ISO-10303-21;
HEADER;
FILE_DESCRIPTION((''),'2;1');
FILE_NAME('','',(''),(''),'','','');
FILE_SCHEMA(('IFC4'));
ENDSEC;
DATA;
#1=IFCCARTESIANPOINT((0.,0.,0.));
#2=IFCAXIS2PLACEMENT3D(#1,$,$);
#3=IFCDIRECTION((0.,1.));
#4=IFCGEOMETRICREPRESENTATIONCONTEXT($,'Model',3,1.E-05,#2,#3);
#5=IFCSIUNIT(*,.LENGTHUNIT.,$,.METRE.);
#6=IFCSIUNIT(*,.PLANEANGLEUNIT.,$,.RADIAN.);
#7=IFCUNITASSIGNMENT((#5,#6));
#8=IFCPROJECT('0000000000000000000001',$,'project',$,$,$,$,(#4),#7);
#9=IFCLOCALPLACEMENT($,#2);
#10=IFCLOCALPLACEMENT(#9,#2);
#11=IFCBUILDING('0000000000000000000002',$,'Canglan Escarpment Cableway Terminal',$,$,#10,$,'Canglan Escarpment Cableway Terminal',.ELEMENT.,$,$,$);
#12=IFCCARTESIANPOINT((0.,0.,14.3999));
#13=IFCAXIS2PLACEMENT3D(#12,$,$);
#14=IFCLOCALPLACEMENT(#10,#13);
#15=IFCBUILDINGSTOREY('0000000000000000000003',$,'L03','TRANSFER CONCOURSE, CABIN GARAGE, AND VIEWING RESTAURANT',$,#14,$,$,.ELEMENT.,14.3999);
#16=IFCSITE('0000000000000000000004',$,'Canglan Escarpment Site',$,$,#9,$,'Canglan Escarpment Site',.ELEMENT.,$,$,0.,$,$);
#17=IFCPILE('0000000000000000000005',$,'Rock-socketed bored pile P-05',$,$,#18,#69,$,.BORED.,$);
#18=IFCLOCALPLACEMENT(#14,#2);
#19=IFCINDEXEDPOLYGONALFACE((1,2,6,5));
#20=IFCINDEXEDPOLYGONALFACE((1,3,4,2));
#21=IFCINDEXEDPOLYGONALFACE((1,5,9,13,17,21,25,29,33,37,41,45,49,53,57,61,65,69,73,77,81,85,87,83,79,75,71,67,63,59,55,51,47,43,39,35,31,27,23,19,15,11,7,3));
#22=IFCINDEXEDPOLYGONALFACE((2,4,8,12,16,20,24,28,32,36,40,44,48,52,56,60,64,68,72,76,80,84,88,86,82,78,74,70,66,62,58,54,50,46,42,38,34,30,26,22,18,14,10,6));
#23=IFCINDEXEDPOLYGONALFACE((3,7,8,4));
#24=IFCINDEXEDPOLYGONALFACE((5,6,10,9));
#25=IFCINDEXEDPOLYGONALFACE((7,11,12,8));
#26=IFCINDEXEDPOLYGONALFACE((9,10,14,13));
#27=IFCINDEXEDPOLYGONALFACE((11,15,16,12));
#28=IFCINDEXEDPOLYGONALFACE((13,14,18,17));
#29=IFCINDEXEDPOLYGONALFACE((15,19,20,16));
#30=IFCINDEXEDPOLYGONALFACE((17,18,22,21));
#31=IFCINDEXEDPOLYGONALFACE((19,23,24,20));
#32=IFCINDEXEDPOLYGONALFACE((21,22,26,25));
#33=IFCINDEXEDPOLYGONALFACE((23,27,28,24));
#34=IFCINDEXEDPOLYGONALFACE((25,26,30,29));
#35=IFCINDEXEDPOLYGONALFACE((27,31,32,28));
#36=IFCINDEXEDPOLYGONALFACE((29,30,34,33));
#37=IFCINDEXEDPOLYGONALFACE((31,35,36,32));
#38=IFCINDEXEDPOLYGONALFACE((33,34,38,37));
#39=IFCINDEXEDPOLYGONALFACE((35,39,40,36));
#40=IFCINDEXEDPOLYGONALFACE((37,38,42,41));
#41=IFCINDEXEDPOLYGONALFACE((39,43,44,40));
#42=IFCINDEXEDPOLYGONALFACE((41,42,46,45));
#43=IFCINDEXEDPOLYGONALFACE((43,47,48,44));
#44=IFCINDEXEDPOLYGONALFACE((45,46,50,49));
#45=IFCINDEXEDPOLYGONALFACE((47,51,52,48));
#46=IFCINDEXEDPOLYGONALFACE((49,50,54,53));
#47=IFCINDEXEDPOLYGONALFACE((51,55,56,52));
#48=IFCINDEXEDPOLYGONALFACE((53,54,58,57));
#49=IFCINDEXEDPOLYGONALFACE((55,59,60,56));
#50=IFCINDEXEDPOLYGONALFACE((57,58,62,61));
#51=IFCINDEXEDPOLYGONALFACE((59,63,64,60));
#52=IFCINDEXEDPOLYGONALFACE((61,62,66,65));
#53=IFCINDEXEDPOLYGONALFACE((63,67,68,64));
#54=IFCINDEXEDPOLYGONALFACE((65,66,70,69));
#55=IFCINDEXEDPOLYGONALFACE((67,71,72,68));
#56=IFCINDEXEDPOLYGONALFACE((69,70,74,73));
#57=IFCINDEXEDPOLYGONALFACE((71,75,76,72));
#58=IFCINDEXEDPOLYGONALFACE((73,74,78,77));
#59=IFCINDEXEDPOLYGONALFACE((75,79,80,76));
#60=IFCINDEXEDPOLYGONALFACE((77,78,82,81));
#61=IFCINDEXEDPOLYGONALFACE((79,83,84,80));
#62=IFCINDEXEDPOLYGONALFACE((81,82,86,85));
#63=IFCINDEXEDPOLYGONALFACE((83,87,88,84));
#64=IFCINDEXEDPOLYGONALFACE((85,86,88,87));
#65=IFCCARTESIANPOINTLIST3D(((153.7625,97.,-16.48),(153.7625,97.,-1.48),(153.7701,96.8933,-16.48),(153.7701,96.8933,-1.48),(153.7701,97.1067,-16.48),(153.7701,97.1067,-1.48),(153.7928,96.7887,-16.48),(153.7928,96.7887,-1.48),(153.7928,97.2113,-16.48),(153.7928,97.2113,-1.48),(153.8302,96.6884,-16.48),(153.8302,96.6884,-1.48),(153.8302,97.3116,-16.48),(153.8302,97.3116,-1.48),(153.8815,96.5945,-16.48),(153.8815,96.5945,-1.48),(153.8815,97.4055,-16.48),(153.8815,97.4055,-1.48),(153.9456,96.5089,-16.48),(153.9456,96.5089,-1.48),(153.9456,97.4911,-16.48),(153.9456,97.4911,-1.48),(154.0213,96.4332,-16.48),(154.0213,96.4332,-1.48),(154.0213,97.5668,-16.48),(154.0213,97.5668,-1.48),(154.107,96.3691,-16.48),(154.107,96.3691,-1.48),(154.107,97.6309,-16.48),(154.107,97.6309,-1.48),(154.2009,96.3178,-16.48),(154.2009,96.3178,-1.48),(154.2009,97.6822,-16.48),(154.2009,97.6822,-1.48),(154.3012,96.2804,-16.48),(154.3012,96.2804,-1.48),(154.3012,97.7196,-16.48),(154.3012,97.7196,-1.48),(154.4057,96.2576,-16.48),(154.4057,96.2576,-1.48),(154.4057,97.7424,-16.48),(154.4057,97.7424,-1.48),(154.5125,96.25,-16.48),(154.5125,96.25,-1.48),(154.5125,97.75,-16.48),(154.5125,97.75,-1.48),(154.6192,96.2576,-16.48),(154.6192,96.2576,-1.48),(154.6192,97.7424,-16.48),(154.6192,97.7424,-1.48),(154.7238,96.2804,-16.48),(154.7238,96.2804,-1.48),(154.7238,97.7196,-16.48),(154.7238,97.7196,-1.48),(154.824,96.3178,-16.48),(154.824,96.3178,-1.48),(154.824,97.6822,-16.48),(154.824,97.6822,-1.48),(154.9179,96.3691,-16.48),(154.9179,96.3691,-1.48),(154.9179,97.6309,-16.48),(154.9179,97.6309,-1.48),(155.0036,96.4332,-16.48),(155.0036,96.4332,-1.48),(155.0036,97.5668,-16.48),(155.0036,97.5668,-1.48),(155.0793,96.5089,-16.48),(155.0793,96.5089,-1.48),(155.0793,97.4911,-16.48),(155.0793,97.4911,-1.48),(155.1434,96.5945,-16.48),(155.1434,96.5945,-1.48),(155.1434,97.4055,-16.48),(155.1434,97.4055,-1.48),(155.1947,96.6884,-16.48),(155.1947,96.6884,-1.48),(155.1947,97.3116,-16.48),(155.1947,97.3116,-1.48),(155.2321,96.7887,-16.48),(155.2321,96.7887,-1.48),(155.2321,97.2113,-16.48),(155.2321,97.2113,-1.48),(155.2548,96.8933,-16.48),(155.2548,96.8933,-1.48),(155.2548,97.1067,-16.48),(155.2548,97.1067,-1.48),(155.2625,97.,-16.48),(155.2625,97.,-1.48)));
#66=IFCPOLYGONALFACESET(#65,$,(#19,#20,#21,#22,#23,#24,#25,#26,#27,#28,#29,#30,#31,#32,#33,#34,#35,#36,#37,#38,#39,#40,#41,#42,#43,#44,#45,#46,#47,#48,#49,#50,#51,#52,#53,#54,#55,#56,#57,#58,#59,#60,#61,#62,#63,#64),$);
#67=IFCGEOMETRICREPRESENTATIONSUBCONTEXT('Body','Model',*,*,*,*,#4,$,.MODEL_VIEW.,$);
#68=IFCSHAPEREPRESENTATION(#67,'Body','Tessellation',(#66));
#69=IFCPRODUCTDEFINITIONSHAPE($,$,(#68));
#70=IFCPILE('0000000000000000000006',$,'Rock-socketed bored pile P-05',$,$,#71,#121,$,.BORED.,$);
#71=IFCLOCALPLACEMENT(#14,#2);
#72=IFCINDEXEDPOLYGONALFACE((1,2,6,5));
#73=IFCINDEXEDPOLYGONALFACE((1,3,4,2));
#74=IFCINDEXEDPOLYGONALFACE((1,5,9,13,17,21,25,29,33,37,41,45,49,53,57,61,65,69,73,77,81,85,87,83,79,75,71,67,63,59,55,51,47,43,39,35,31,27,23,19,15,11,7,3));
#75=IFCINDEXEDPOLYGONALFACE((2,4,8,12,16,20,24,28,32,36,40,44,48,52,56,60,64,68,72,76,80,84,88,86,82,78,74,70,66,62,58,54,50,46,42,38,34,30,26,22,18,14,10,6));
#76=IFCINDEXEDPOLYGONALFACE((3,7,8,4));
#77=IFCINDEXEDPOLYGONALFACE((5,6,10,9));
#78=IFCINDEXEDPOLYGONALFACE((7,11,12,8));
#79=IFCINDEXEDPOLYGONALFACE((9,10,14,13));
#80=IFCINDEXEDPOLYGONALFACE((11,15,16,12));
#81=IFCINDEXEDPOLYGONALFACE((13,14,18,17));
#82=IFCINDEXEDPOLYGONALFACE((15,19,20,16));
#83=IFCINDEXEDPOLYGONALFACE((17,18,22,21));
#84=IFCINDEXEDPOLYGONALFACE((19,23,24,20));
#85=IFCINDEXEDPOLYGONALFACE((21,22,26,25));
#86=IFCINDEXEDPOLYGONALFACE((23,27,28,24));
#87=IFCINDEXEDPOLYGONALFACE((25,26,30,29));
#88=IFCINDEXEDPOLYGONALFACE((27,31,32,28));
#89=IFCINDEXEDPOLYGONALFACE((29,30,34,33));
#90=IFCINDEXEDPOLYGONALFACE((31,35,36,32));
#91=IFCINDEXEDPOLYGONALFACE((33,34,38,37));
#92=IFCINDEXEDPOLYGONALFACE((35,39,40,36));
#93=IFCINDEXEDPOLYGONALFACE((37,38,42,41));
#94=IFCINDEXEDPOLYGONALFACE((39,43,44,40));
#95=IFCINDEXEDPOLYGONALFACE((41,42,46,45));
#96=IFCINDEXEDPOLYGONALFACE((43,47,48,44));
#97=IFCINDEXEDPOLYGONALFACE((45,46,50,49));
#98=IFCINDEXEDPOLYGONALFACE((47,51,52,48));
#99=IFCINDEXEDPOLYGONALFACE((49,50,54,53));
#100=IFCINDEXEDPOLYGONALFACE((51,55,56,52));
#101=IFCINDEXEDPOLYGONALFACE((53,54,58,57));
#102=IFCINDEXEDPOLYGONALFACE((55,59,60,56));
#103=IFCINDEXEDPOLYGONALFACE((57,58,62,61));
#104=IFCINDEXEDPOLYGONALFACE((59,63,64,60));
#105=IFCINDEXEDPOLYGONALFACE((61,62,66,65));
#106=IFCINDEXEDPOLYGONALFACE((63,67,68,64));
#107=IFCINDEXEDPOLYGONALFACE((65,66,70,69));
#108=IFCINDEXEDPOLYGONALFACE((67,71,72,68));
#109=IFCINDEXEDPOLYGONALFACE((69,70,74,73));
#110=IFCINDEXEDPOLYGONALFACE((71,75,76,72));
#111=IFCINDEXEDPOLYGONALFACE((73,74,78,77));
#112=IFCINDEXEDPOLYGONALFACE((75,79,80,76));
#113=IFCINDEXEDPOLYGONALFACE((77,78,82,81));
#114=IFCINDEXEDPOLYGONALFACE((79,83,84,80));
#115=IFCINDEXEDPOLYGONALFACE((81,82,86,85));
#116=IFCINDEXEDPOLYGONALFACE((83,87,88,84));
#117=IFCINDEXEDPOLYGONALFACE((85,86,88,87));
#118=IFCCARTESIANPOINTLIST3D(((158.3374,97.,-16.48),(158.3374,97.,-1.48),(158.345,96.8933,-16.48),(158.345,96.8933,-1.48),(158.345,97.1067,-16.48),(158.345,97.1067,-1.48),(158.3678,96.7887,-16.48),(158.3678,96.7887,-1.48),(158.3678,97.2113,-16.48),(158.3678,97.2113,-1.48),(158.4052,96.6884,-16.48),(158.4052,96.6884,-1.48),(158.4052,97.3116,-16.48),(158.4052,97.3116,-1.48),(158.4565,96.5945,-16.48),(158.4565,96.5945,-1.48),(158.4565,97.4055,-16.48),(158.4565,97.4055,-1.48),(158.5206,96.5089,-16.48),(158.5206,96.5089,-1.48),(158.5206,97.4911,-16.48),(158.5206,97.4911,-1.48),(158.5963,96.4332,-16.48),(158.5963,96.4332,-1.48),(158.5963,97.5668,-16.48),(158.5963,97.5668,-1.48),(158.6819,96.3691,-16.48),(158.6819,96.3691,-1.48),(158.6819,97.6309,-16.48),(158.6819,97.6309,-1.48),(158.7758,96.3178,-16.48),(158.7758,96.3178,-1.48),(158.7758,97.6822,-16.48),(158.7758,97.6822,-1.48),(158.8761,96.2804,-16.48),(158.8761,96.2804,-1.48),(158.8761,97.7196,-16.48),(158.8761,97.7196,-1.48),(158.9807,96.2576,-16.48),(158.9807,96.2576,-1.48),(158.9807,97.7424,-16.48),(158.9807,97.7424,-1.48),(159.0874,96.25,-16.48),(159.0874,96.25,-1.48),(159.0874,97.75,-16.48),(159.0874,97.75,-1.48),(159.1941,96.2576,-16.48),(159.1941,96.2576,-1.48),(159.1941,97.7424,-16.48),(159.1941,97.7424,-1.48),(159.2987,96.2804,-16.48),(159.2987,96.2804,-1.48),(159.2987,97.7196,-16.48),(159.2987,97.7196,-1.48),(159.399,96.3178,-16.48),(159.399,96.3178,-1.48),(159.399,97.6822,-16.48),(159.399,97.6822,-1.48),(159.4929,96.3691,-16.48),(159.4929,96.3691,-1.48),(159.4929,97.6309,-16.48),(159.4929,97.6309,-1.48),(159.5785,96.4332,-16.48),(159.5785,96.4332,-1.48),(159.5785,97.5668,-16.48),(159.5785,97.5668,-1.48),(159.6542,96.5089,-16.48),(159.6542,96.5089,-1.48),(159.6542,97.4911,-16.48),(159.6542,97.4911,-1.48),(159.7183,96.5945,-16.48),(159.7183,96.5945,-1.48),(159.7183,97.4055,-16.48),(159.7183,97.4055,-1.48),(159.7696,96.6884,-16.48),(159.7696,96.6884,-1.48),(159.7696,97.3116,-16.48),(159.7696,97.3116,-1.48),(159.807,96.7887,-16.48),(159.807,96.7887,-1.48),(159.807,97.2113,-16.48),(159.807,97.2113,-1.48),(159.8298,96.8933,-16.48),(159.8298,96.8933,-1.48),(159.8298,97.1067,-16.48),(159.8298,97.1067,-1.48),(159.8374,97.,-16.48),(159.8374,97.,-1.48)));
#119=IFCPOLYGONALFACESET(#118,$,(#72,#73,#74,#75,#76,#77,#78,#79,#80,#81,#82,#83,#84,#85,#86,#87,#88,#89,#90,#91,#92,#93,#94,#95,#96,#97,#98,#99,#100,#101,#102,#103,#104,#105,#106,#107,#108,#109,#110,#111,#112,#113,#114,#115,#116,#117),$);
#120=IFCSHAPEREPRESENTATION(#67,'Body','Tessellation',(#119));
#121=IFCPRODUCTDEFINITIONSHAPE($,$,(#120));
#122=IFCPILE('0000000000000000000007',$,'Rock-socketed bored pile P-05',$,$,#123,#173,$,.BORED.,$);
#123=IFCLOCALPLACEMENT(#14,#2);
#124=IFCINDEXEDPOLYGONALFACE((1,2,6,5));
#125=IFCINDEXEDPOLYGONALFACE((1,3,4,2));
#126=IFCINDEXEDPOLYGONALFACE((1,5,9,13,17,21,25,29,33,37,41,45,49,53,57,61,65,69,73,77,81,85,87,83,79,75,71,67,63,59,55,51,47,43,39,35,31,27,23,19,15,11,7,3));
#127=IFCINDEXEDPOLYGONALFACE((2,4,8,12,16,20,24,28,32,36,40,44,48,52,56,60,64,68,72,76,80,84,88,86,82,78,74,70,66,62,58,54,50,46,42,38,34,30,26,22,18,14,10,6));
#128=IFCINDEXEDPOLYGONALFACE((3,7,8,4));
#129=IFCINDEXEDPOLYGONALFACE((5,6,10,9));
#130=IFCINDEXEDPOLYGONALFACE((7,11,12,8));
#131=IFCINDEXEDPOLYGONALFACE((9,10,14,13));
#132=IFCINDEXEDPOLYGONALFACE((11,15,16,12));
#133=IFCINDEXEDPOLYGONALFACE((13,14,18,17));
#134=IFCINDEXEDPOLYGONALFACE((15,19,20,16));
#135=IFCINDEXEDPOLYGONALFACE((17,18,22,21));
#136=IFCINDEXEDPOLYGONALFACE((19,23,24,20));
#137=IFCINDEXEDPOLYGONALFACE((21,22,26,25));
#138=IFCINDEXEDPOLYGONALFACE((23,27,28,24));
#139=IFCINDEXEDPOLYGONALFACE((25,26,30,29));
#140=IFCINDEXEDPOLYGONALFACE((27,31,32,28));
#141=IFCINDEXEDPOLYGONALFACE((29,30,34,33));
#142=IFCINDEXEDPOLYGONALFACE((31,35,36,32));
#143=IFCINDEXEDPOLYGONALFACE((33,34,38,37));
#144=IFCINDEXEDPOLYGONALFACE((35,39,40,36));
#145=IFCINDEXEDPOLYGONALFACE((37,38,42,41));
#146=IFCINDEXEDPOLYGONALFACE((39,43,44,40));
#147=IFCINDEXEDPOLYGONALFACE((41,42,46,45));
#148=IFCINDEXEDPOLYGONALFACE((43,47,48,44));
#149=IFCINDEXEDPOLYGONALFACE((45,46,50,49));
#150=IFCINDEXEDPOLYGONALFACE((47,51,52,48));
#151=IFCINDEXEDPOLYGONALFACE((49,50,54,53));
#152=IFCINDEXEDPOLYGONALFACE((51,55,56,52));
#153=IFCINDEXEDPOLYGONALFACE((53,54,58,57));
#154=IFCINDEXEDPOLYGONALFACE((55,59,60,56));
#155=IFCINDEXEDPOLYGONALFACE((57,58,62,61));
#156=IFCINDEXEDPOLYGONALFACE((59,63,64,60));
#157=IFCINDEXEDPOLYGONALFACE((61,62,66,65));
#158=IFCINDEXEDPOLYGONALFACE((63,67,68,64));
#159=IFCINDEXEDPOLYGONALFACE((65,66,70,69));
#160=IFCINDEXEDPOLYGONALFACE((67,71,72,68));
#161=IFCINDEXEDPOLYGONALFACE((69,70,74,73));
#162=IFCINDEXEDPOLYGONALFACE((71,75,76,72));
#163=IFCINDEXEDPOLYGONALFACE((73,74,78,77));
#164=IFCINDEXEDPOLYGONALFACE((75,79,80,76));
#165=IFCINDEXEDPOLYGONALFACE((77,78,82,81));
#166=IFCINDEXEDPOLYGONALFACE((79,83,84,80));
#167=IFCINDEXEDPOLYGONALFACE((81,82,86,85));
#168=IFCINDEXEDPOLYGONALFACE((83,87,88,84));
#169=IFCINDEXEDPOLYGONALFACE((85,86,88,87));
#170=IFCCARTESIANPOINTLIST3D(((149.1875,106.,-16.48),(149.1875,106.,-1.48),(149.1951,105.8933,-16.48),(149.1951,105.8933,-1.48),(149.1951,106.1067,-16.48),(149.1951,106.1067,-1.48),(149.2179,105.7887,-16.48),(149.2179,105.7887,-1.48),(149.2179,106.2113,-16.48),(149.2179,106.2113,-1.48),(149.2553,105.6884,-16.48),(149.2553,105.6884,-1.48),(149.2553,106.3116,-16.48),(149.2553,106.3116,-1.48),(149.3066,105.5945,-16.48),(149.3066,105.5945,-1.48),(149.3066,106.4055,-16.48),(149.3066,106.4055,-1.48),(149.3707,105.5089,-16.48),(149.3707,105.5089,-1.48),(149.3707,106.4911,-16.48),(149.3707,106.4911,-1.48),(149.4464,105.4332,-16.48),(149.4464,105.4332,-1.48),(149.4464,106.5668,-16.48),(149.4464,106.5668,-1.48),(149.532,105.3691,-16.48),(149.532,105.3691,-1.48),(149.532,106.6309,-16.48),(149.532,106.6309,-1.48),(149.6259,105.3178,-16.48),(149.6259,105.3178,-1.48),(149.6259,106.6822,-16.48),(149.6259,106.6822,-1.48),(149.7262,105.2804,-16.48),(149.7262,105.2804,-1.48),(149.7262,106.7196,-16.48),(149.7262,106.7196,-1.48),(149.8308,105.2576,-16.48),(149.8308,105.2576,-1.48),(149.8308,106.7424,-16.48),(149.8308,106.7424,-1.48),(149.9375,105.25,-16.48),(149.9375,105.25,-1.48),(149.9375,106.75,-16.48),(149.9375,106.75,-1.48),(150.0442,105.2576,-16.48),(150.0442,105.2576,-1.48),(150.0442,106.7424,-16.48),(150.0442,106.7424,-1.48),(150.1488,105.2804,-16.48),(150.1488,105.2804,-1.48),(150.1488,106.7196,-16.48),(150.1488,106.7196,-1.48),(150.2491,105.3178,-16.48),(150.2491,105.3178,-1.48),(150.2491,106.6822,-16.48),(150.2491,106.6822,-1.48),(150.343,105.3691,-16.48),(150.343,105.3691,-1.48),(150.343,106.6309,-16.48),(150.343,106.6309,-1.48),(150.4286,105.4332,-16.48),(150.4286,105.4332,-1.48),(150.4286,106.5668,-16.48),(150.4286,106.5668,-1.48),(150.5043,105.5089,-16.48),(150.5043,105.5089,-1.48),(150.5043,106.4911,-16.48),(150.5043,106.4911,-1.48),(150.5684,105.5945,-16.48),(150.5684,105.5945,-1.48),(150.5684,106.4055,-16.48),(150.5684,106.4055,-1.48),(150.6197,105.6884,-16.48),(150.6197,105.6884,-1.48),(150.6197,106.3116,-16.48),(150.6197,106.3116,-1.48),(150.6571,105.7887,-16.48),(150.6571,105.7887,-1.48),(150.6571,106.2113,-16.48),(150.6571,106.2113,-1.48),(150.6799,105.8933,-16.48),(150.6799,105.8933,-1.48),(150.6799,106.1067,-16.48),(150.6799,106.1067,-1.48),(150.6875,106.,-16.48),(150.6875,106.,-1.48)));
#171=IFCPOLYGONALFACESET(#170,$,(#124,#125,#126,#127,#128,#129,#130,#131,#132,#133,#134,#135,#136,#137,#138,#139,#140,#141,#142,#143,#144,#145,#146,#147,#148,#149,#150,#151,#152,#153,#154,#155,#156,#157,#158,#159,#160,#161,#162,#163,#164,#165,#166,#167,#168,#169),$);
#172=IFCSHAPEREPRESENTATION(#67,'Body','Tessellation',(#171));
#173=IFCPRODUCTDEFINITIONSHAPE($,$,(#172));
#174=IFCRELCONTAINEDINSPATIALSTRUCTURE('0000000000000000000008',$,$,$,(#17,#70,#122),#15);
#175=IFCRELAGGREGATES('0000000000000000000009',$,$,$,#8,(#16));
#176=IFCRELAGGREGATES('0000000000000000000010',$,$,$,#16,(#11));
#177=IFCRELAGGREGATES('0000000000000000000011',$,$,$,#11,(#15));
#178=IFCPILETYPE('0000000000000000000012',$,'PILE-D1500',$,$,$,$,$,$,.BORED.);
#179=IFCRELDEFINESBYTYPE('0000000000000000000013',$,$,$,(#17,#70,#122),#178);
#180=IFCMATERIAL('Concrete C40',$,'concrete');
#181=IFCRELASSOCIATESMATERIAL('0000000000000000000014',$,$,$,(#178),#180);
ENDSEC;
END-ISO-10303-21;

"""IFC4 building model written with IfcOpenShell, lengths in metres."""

from ifc_helpers import new_model, si_unit, direction, frame, origin, origin_2d, place, context, subcontext, project, spatial, circle, extrude, material, material_profile, profile_set, type_object, element, save


model = new_model("IFC4")

# Units and contexts
model_context = context("Model", 3, precision=1e-05, world=origin(), true_north=direction((0.0, 1.0)))
body_context = subcontext(model_context, "Body", "Model", "MODEL_VIEW")
ifc_project = project(units=[si_unit("LENGTHUNIT", "METRE"), si_unit("PLANEANGLEUNIT", "RADIAN")], contexts=[model_context])

# Site, building, storey
site_placement = place(None, origin())
site = spatial("IfcSite", under=ifc_project, at=site_placement, Name="Canglan Escarpment Site", LongName="Canglan Escarpment Site", CompositionType="ELEMENT", RefElevation=0.0)
building_placement = place(site_placement, origin())
building = spatial("IfcBuilding", under=site, at=building_placement, Name="Canglan Escarpment Cableway Terminal", LongName="Canglan Escarpment Cableway Terminal", CompositionType="ELEMENT")
storey_placement = place(building_placement, frame((0.0, 0.0, 14.3999)))
storey = spatial("IfcBuildingStorey", under=building, at=storey_placement, Name="L03", Description="TRANSFER CONCOURSE, CABIN GARAGE, AND VIEWING RESTAURANT", CompositionType="ELEMENT", Elevation=14.3999)

# Shared definitions
ifc_material_1 = material(Name="Concrete C40", Category="concrete")

# Piles
ifc_material_profile_1 = material_profile(ifc_material_1, circle(Radius=0.75, at=origin_2d()), Name="BORED PILE D1500")
ifc_profile_set_1 = profile_set([ifc_material_profile_1], Name="Concrete C40")
pile_type = type_object("IfcPileType", Name="PILE-D1500", PredefinedType="BORED", material=ifc_profile_set_1)
for number, where, z_axis, x_axis, name in (
    (1, (154.5125, 97.0, -1.48), (0.0, 0.0, -1.0), (1.0, 0.0, 0.0), "Rock-socketed bored pile P-05"),
    (2, (159.0874, 97.0, -1.48), (0.0, 0.0, -1.0), (1.0, 0.0, 0.0), "Rock-socketed bored pile P-05"),
    (3, (149.9375, 106.0, -1.48), (0.0, 0.0, -1.0), (1.0, 0.0, 0.0), "Rock-socketed bored pile P-05"),
):
    element("IfcPile", number, at=place(storey_placement, frame(where, z_axis=z_axis, x_axis=x_axis)), inside=storey, type_object=pile_type, Name=name, PredefinedType="BORED", context=body_context, shape_type="SweptSolid", body=[
        extrude(circle(Radius=0.75, at=origin_2d()), origin(), (0.0, 0.0, 1.0), 15.0),
    ])

save(model, "model.ifc")
